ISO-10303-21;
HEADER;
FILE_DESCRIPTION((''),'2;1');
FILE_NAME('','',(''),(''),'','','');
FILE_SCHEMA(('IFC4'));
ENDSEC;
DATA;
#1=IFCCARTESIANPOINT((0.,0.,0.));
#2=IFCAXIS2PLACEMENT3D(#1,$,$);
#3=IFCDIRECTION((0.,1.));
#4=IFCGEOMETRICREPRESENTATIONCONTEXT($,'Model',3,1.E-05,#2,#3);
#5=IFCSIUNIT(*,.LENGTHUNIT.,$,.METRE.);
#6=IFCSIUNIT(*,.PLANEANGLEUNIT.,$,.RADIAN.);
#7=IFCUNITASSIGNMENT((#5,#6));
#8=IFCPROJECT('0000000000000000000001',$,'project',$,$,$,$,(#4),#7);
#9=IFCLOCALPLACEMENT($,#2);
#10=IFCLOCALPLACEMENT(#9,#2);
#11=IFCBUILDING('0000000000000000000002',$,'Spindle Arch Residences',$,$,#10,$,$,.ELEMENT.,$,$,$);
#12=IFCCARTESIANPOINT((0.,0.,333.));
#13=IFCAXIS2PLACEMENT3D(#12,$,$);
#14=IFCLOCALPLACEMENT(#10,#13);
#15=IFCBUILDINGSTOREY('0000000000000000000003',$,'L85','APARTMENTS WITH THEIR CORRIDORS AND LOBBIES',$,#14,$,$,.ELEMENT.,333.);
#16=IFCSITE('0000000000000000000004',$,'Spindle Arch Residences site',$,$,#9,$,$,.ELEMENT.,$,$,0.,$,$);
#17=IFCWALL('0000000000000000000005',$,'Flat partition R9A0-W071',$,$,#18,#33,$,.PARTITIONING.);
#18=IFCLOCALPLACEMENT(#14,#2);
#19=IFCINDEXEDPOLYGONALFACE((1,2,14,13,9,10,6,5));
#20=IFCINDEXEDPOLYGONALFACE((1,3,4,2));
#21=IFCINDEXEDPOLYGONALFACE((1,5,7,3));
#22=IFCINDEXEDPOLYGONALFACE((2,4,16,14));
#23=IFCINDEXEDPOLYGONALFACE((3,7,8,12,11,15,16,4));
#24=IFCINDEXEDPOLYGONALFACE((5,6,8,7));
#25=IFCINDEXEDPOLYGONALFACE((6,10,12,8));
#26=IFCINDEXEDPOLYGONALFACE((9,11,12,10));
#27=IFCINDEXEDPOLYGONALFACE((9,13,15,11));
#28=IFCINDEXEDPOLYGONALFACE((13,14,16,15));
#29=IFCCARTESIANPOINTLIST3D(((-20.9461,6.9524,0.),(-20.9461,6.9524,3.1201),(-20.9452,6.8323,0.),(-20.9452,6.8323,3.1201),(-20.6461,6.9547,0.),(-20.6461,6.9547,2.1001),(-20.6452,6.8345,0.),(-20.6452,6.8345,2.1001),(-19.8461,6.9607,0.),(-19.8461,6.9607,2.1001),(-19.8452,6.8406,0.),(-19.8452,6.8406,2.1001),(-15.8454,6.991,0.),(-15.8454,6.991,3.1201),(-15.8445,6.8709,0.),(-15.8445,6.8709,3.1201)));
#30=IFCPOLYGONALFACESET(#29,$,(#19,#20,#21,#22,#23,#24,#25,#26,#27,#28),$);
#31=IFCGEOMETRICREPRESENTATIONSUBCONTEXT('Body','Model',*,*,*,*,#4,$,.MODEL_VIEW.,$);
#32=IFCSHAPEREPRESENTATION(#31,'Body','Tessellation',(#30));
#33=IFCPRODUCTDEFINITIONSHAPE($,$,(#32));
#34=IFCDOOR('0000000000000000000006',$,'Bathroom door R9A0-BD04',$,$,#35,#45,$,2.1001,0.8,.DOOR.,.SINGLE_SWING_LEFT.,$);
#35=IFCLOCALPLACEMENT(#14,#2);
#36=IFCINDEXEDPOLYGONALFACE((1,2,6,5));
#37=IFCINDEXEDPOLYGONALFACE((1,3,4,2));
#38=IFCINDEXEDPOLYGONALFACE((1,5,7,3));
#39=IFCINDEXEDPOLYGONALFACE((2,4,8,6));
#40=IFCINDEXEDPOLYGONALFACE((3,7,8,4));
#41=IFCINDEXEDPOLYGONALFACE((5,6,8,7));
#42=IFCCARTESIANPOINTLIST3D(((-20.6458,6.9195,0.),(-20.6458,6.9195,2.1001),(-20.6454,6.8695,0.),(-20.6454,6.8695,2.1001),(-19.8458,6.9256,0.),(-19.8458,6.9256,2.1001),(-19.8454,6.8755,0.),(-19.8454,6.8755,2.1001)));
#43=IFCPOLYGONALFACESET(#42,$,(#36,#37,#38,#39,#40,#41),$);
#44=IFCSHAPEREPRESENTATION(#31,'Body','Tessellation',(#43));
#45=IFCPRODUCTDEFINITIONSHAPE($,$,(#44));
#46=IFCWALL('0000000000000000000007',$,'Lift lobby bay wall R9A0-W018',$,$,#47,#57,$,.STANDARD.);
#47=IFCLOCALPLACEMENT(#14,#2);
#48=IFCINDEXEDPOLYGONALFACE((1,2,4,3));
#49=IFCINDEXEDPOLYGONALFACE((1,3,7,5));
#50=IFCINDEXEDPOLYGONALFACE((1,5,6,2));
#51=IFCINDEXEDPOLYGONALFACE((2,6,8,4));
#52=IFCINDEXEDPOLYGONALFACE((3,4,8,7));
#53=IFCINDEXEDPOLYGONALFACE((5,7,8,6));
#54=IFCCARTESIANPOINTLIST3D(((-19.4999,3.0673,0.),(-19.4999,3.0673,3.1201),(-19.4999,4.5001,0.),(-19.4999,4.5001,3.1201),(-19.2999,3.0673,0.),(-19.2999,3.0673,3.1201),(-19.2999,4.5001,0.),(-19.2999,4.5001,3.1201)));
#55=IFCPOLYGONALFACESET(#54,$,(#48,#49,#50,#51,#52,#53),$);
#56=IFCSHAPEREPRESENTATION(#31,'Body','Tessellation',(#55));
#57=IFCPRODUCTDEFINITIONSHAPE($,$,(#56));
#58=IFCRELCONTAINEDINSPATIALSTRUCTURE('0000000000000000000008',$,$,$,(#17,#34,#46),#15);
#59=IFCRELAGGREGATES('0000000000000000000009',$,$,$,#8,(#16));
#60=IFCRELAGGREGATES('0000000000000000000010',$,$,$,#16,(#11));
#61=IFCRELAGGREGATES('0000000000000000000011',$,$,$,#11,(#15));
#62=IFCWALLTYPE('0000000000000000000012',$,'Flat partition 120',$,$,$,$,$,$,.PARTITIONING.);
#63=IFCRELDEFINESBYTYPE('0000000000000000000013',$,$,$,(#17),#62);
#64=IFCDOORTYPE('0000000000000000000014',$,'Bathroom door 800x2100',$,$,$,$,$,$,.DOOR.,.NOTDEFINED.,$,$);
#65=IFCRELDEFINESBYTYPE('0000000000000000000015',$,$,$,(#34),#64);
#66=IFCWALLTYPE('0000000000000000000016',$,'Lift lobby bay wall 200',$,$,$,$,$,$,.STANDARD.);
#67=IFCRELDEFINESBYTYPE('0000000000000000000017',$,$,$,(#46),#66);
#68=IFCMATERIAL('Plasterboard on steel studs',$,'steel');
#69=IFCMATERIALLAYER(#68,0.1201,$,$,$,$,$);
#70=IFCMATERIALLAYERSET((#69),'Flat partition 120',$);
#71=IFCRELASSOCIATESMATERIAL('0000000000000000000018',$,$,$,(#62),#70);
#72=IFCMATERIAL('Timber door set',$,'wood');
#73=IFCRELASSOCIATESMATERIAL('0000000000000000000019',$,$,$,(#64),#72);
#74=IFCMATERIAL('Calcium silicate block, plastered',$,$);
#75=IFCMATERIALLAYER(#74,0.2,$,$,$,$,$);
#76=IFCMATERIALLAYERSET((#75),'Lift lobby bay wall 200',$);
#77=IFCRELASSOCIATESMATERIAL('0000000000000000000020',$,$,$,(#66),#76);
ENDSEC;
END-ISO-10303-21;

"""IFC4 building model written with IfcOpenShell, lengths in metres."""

from ifc_helpers import new_model, si_unit, direction, frame, frame_2d, origin, place, context, subcontext, project, spatial, rectangle, extrude, material, layer, layer_set, type_object, element, fill, save


model = new_model("IFC4")

# Units and contexts
model_context = context("Model", 3, precision=1e-05, world=origin(), true_north=direction((0.0, 1.0)))
body_context = subcontext(model_context, "Body", "Model", "MODEL_VIEW")
ifc_project = project(units=[si_unit("LENGTHUNIT", "METRE"), si_unit("PLANEANGLEUNIT", "RADIAN")], contexts=[model_context])

# Site, building, storey
site_placement = place(None, origin())
site = spatial("IfcSite", under=ifc_project, at=site_placement, Name="Spindle Arch Residences site", CompositionType="ELEMENT", RefElevation=0.0)
building_placement = place(site_placement, origin())
building = spatial("IfcBuilding", under=site, at=building_placement, Name="Spindle Arch Residences", CompositionType="ELEMENT")
storey_placement = place(building_placement, frame((0.0, 0.0, 333.0)))
storey = spatial("IfcBuildingStorey", under=building, at=storey_placement, Name="L85", Description="APARTMENTS WITH THEIR CORRIDORS AND LOBBIES", CompositionType="ELEMENT", Elevation=333.0)

# Shared definitions
ifc_material_1 = material(Name="Plasterboard on steel studs", Category="steel")
ifc_layer_1 = layer(ifc_material_1, 0.1201)
ifc_layer_set_1 = layer_set([ifc_layer_1], Name="Flat partition 120")
wall_type_1 = type_object("IfcWallType", Name="Flat partition 120", PredefinedType="PARTITIONING", material=ifc_layer_set_1)

# Wall, opening, door
wall_1_placement = place(storey_placement, frame((-20.9456, 6.8923, 0.0), z_axis=(0.0, 0.0, 1.0), x_axis=(0.999971, 0.007562, 0.0)))
wall_1 = element("IfcWall", 1, at=wall_1_placement, inside=storey, type_object=wall_type_1, Name="Flat partition R9A0-W071", PredefinedType="PARTITIONING", context=body_context, shape_type="SweptSolid", body=[
    extrude(rectangle(XDim=5.1008, YDim=0.1201, at=frame_2d((2.5503, 0.0))), origin(), (0.0, 0.0, 1.0), 3.1201),
])
opening_1_placement = place(wall_1_placement, frame((0.3, 0.0, 0.0)))
opening_1 = element("IfcOpeningElement", 2, at=opening_1_placement, cuts=wall_1, PredefinedType="OPENING", context=body_context, shape_type="SweptSolid", body=[
    extrude(rectangle(XDim=0.8, YDim=2.1001, at=frame_2d((0.3999, 1.05))), frame((0.0, 0.0701, 0.0), z_axis=(0.0, -1.0, 0.0), x_axis=(1.0, 0.0, 0.0)), (0.0, 0.0, 1.0), 0.1401),
])
ifc_material_2 = material(Name="Timber door set", Category="wood")
door_type_1 = type_object("IfcDoorType", Name="Bathroom door 800x2100", OperationType="NOTDEFINED", PredefinedType="DOOR", material=ifc_material_2)
door_1_placement = place(opening_1_placement, origin())
door_1 = element("IfcDoor", 3, at=door_1_placement, inside=storey, type_object=door_type_1, Name="Bathroom door R9A0-BD04", OperationType="SINGLE_SWING_LEFT", OverallHeight=2.1001, OverallWidth=0.8, PredefinedType="DOOR", context=body_context, shape_type="SweptSolid", body=[
    extrude(rectangle(XDim=0.8, YDim=2.1001, at=frame_2d((0.3999, 1.05))), frame((0.0, 0.0249, 0.0), z_axis=(0.0, -1.0, 0.0), x_axis=(1.0, 0.0, 0.0)), (0.0, 0.0, 1.0), 0.05),
])
fill(opening_1, door_1)

# Wall
ifc_material_3 = material(Name="Calcium silicate block, plastered")
ifc_layer_2 = layer(ifc_material_3, 0.2)
ifc_layer_set_2 = layer_set([ifc_layer_2], Name="Lift lobby bay wall 200")
wall_type_2 = type_object("IfcWallType", Name="Lift lobby bay wall 200", PredefinedType="STANDARD", material=ifc_layer_set_2)
wall_2_placement = place(storey_placement, frame((-19.3999, 4.5, 0.0), z_axis=(0.0, 0.0, 1.0), x_axis=(0.0, -1.0, 0.0)))
element("IfcWall", 4, at=wall_2_placement, inside=storey, type_object=wall_type_2, Name="Lift lobby bay wall R9A0-W018", PredefinedType="STANDARD", context=body_context, shape_type="SweptSolid", body=[
    extrude(rectangle(XDim=1.4329, YDim=0.2, at=frame_2d((0.7163, 0.0))), origin(), (0.0, 0.0, 1.0), 3.1201),
])

save(model, "model.ifc")
